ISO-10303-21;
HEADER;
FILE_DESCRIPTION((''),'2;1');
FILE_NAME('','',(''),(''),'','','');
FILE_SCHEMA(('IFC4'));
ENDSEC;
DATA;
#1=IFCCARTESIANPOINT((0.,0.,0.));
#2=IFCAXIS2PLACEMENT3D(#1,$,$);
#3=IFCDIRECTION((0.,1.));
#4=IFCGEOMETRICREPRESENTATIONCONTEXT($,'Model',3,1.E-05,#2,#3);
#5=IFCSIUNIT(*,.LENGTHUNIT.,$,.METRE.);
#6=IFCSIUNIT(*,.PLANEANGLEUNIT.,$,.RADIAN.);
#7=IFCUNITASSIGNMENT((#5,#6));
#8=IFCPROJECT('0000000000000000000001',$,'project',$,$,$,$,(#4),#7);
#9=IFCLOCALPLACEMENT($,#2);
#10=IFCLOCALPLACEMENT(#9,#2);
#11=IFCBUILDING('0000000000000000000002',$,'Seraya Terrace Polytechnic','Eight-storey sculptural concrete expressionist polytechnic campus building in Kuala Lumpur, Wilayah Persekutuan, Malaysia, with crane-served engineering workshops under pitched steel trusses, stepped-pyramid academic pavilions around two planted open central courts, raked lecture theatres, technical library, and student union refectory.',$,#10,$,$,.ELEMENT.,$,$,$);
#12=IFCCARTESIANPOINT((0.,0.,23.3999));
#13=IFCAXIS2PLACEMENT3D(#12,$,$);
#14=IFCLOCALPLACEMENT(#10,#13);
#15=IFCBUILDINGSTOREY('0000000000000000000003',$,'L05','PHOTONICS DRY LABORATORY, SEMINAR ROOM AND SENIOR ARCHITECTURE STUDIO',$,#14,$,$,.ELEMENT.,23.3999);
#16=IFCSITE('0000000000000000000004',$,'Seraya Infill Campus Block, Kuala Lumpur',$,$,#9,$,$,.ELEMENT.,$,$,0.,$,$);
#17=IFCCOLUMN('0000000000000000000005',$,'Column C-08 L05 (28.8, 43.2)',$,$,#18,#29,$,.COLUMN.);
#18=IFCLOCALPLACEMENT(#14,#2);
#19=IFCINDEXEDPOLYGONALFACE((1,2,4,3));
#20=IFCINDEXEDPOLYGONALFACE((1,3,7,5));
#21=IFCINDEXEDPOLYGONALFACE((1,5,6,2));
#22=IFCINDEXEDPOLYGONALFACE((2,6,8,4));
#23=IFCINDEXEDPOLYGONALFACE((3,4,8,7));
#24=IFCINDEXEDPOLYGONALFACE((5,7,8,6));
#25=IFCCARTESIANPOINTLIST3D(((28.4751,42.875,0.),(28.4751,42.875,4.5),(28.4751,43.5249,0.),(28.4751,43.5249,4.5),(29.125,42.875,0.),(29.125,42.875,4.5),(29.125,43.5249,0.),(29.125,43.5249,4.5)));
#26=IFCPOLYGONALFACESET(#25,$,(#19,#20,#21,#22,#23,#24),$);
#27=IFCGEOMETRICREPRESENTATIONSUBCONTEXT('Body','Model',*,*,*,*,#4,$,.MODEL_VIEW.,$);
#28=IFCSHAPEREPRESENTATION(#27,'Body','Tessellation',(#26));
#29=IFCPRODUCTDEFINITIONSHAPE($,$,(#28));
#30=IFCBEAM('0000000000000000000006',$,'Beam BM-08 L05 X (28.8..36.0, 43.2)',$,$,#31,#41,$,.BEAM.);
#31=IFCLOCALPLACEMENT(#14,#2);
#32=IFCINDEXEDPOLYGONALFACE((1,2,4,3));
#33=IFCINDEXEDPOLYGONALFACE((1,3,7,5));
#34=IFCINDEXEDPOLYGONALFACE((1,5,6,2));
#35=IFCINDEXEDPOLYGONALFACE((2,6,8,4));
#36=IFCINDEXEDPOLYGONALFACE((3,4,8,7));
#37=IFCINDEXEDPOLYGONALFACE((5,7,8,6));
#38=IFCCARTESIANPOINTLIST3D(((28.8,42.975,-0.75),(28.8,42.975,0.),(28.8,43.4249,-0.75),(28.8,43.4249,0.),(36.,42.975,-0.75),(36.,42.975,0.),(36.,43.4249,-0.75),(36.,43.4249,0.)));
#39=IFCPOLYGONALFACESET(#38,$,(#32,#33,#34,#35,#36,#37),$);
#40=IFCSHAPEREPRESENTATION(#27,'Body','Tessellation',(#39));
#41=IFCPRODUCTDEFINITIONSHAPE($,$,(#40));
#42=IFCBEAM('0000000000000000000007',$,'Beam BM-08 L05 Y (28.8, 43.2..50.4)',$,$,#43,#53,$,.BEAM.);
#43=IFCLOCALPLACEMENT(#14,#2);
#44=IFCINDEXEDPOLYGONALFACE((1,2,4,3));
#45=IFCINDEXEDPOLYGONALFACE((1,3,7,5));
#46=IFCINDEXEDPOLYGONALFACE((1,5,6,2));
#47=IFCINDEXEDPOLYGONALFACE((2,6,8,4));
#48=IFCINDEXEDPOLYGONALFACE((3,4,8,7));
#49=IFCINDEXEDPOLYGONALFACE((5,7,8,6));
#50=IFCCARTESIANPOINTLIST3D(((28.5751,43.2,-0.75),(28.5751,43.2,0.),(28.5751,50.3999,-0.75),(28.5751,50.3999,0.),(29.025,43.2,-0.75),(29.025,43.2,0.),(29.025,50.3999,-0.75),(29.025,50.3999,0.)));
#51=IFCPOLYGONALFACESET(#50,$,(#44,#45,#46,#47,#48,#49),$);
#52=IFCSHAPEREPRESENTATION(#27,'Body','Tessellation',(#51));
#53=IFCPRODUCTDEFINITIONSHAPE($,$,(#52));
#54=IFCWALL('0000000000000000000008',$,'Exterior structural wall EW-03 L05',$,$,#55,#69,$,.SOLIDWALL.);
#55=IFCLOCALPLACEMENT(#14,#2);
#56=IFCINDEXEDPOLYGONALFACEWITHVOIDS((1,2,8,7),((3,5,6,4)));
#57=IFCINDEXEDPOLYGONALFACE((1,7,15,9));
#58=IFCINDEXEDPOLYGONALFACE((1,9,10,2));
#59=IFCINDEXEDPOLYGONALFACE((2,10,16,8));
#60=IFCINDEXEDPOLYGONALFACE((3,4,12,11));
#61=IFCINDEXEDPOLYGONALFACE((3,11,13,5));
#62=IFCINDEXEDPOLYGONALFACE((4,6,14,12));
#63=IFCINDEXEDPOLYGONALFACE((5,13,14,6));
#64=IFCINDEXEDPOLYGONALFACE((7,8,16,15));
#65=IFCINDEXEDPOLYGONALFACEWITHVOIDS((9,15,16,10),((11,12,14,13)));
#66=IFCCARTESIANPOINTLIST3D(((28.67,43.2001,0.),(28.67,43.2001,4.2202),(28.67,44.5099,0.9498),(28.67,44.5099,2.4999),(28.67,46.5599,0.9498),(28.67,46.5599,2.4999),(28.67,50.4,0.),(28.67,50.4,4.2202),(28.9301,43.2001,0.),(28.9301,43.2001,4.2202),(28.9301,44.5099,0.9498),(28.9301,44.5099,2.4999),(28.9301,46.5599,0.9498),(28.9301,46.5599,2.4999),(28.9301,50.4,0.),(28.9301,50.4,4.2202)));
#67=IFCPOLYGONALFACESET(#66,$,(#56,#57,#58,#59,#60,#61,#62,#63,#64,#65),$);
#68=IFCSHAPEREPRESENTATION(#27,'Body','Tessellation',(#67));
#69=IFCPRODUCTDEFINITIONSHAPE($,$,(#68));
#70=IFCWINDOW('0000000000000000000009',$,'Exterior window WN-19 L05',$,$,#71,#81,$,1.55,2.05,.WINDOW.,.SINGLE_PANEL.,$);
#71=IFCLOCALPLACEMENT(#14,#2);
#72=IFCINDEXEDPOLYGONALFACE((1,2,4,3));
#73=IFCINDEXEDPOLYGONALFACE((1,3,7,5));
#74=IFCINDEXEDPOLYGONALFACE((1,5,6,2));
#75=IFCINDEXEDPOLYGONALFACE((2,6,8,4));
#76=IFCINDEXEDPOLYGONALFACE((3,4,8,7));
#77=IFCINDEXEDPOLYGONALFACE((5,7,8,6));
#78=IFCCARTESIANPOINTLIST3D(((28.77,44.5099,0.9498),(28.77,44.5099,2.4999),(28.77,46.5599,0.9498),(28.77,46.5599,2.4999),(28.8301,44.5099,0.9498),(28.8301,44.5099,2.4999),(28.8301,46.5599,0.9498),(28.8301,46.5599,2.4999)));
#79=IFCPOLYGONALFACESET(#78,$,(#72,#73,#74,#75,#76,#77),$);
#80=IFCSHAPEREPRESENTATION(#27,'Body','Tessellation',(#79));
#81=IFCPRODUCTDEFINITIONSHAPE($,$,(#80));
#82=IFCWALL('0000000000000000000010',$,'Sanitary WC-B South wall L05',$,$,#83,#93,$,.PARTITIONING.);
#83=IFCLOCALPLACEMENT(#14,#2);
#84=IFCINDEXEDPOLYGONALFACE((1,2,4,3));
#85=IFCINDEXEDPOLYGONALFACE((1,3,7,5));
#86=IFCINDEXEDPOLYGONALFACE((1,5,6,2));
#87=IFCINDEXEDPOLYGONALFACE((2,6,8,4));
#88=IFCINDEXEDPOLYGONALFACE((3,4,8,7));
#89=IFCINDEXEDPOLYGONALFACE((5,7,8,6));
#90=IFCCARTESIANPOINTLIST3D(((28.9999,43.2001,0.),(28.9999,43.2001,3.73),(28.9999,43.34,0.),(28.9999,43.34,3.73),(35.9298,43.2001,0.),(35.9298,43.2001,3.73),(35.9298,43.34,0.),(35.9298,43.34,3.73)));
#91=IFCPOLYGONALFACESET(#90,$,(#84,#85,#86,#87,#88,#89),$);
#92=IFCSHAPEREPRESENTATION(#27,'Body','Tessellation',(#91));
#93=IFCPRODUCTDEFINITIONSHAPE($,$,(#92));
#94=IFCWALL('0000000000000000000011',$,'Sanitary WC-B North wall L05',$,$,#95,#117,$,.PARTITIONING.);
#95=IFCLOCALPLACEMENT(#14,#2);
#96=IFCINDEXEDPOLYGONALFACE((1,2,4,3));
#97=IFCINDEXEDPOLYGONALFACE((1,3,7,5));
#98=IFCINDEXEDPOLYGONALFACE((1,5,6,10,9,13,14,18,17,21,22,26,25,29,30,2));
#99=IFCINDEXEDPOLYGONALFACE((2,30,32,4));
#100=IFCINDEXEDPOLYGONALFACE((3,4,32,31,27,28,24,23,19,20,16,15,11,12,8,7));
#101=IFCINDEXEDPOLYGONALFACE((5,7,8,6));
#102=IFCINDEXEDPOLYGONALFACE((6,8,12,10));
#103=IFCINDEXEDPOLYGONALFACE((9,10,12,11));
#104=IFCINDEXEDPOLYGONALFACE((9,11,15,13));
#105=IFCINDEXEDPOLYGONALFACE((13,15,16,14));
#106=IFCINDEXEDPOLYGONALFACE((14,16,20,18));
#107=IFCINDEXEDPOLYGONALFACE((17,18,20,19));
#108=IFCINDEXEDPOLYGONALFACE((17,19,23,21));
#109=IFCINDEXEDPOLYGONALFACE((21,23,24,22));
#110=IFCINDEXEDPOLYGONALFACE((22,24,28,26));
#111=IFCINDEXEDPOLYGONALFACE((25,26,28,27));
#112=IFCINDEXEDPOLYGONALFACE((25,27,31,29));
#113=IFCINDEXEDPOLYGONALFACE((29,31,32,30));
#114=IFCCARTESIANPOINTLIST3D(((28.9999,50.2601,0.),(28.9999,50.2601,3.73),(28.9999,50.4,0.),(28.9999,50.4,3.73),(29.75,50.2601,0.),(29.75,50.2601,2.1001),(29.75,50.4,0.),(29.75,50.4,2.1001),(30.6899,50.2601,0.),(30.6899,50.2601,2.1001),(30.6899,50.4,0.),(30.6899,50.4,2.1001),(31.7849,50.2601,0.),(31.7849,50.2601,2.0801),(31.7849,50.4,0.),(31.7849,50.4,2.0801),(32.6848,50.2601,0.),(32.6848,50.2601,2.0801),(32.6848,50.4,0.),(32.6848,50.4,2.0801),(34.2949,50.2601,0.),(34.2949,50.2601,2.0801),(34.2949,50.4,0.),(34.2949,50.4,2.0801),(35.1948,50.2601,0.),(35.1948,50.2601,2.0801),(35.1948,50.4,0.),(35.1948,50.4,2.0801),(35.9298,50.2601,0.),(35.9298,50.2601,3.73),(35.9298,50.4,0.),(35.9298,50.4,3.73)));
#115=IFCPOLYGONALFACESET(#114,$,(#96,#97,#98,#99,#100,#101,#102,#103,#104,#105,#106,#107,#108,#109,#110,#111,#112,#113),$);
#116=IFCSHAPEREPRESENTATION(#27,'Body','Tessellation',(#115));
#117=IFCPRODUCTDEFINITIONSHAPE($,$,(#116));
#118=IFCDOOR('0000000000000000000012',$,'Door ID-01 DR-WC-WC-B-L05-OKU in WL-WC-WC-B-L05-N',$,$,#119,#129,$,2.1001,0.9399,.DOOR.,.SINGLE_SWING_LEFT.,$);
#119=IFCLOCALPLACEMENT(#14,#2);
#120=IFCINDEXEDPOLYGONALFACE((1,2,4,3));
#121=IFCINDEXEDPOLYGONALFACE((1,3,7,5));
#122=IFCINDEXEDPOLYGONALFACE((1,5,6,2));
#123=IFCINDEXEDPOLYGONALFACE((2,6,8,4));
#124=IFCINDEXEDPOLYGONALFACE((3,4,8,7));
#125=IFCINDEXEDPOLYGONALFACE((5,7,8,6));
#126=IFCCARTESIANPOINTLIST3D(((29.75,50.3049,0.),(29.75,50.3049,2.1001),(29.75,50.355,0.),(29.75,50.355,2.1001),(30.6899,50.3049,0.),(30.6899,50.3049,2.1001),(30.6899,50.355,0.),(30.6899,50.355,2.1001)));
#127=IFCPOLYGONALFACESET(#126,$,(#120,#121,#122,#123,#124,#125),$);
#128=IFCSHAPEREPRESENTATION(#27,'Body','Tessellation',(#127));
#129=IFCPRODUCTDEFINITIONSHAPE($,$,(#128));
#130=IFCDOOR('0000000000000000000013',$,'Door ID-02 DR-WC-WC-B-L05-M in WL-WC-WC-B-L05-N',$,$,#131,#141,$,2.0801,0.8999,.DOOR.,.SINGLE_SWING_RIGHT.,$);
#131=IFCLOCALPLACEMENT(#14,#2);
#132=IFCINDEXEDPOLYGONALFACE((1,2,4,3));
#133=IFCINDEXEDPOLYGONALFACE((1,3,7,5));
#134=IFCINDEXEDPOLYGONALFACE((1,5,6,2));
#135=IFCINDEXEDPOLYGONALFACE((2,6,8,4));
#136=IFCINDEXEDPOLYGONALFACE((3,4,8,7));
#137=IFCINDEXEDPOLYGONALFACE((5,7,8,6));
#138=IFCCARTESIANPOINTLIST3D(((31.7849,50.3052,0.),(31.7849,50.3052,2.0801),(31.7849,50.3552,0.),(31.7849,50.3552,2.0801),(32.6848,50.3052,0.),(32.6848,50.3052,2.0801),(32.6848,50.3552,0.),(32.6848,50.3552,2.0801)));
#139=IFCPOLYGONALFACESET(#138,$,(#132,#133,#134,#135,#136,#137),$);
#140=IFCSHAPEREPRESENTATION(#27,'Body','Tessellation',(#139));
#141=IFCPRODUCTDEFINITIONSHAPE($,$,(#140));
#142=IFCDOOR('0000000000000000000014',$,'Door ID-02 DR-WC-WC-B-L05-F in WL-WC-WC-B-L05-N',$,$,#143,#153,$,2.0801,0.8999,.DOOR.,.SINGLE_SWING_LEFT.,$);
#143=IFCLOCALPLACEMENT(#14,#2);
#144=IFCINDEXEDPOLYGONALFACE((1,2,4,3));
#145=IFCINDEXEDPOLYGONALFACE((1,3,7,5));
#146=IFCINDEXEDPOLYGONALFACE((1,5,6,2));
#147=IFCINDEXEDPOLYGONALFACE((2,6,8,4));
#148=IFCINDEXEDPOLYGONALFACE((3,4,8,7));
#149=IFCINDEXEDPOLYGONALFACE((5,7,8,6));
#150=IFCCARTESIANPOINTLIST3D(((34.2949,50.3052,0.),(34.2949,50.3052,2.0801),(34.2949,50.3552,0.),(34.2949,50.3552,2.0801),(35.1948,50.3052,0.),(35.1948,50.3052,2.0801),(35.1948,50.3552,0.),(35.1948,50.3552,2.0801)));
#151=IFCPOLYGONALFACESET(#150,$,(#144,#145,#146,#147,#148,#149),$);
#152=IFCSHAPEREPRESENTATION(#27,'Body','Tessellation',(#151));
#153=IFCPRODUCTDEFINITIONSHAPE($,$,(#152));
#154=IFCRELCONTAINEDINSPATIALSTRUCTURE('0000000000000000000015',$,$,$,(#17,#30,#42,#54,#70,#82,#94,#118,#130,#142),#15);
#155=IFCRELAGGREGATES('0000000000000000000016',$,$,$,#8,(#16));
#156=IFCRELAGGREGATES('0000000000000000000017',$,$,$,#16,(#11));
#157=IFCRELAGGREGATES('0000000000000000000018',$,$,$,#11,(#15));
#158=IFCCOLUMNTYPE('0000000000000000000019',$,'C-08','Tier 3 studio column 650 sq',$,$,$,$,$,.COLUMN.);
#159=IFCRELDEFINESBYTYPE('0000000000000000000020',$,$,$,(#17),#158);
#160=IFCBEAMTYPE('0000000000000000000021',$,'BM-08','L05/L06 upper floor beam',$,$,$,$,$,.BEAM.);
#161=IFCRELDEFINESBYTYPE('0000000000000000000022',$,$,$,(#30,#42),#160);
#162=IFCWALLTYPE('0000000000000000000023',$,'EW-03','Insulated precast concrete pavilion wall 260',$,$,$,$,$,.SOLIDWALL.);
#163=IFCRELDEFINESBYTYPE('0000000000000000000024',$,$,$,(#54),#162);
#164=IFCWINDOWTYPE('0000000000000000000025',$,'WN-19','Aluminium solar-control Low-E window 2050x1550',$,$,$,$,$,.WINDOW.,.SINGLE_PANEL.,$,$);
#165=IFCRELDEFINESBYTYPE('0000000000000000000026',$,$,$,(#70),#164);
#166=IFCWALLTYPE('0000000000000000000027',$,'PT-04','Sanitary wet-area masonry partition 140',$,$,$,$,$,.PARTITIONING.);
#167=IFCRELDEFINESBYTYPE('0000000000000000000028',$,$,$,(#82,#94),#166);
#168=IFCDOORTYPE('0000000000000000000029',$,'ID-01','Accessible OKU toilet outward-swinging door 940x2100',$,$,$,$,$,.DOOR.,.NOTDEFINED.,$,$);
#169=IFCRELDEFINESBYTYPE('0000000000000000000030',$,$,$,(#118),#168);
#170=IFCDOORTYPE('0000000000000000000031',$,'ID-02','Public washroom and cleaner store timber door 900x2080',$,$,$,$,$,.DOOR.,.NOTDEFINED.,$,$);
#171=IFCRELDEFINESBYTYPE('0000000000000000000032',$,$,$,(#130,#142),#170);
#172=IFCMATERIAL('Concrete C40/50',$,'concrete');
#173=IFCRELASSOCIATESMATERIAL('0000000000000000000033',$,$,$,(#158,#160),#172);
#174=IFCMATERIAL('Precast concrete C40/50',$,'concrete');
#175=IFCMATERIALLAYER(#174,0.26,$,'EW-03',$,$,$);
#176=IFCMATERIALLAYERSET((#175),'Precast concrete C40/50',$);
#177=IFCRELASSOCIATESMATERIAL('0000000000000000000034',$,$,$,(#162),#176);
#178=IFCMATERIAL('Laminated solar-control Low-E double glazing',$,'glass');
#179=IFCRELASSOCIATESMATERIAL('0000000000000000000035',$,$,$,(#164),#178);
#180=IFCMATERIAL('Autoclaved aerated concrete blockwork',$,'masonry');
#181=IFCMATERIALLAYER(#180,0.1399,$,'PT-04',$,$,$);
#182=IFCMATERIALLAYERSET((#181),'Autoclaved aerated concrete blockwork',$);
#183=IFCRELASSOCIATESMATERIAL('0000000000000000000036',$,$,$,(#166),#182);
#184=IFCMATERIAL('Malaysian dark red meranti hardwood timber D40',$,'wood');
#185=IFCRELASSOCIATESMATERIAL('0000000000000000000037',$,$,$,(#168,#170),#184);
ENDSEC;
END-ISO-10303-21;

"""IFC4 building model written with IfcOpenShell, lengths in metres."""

from ifc_helpers import new_model, si_unit, direction, frame, frame_2d, origin, origin_2d, place, context, subcontext, project, spatial, rectangle, extrude, material, layer, layer_set, material_profile, profile_set, type_object, element, fill, save


model = new_model("IFC4")

# Units and contexts
model_context = context("Model", 3, precision=1e-05, world=origin(), true_north=direction((0.0, 1.0)))
body_context = subcontext(model_context, "Body", "Model", "MODEL_VIEW")
ifc_project = project(units=[si_unit("LENGTHUNIT", "METRE"), si_unit("PLANEANGLEUNIT", "RADIAN")], contexts=[model_context])

# Site, building, storey
site_placement = place(None, origin())
site = spatial("IfcSite", under=ifc_project, at=site_placement, Name="Seraya Infill Campus Block, Kuala Lumpur", CompositionType="ELEMENT", RefElevation=0.0)
building_placement = place(site_placement, origin())
building = spatial("IfcBuilding", under=site, at=building_placement, Name="Seraya Terrace Polytechnic", Description="Eight-storey sculptural concrete expressionist polytechnic campus building in Kuala Lumpur, Wilayah Persekutuan, Malaysia, with crane-served engineering workshops under pitched steel trusses, stepped-pyramid academic pavilions around two planted open central courts, raked lecture theatres, technical library, and student union refectory.", CompositionType="ELEMENT")
storey_placement = place(building_placement, frame((0.0, 0.0, 23.3999)))
storey = spatial("IfcBuildingStorey", under=building, at=storey_placement, Name="L05", Description="PHOTONICS DRY LABORATORY, SEMINAR ROOM AND SENIOR ARCHITECTURE STUDIO", CompositionType="ELEMENT", Elevation=23.3999)

# Column
ifc_material_1 = material(Name="Concrete C40/50", Category="concrete")
ifc_material_profile_1 = material_profile(ifc_material_1, rectangle(XDim=0.6499, YDim=0.6499, at=origin_2d()), Name="RC 650x650")
ifc_profile_set_1 = profile_set([ifc_material_profile_1], Name="Concrete C40/50")
column_type = type_object("IfcColumnType", Name="C-08", Description="Tier 3 studio column 650 sq", PredefinedType="COLUMN", material=ifc_profile_set_1)
column_placement = place(storey_placement, frame((28.8, 43.2, 0.0), z_axis=(0.0, 0.0, 1.0), x_axis=(1.0, 0.0, 0.0)))
element("IfcColumn", 1, at=column_placement, inside=storey, type_object=column_type, Name="Column C-08 L05 (28.8, 43.2)", PredefinedType="COLUMN", context=body_context, shape_type="SweptSolid", body=[
    extrude(rectangle(XDim=0.6499, YDim=0.6499, at=origin_2d()), origin(), (0.0, 0.0, 1.0), 4.5),
])

# Beams
ifc_material_profile_2 = material_profile(ifc_material_1, rectangle(XDim=0.45, YDim=0.75, at=origin_2d()), Name="RC 450x750")
ifc_profile_set_2 = profile_set([ifc_material_profile_2], Name="Concrete C40/50")
beam_type = type_object("IfcBeamType", Name="BM-08", Description="L05/L06 upper floor beam", PredefinedType="BEAM", material=ifc_profile_set_2)
for number, where, z_axis, x_axis, name in (
    (2, (28.8, 43.2, -0.375), (1.0, 0.0, 0.0), (0.0, 1.0, 0.0), "Beam BM-08 L05 X (28.8..36.0, 43.2)"),
    (3, (28.8, 43.2, -0.375), (0.0, 1.0, 0.0), (-1.0, 0.0, 0.0), "Beam BM-08 L05 Y (28.8, 43.2..50.4)"),
):
    element("IfcBeam", number, at=place(storey_placement, frame(where, z_axis=z_axis, x_axis=x_axis)), inside=storey, type_object=beam_type, Name=name, PredefinedType="BEAM", context=body_context, shape_type="SweptSolid", body=[
        extrude(rectangle(XDim=0.45, YDim=0.75, at=origin_2d()), origin(), (0.0, 0.0, 1.0), 7.2),
    ])

# Wall, opening, window
ifc_material_2 = material(Name="Precast concrete C40/50", Category="concrete")
ifc_layer_1 = layer(ifc_material_2, 0.26, Name="EW-03")
ifc_layer_set_1 = layer_set([ifc_layer_1], Name="Precast concrete C40/50")
wall_type_1 = type_object("IfcWallType", Name="EW-03", Description="Insulated precast concrete pavilion wall 260", PredefinedType="SOLIDWALL", material=ifc_layer_set_1)
wall_1_placement = place(storey_placement, frame((28.8, 43.2, 0.0), z_axis=(0.0, 0.0, 1.0), x_axis=(0.0, 1.0, 0.0)))
wall_1 = element("IfcWall", 4, at=wall_1_placement, inside=storey, type_object=wall_type_1, Name="Exterior structural wall EW-03 L05", PredefinedType="SOLIDWALL", context=body_context, shape_type="SweptSolid", body=[
    extrude(rectangle(XDim=7.2, YDim=0.26, at=frame_2d((3.6001, 0.0))), origin(), (0.0, 0.0, 1.0), 4.2202),
])
opening_1_placement = place(wall_1_placement, frame((1.3101, 0.0, 0.95)))
opening_1 = element("IfcOpeningElement", 5, at=opening_1_placement, cuts=wall_1, PredefinedType="OPENING", context=body_context, shape_type="SweptSolid", body=[
    extrude(rectangle(XDim=2.05, YDim=1.55, at=frame_2d((1.0249, 0.7749))), frame((0.0, 0.1421, 0.0), z_axis=(0.0, -1.0, 0.0), x_axis=(1.0, 0.0, 0.0)), (0.0, 0.0, 1.0), 0.2839),
])
ifc_material_3 = material(Name="Laminated solar-control Low-E double glazing", Category="glass")
window_type = type_object("IfcWindowType", Name="WN-19", Description="Aluminium solar-control Low-E window 2050x1550", PartitioningType="SINGLE_PANEL", PredefinedType="WINDOW", material=ifc_material_3)
window_placement = place(opening_1_placement, origin())
window = element("IfcWindow", 6, at=window_placement, inside=storey, type_object=window_type, Name="Exterior window WN-19 L05", OverallHeight=1.55, OverallWidth=2.05, PartitioningType="SINGLE_PANEL", PredefinedType="WINDOW", context=body_context, shape_type="SweptSolid", body=[
    extrude(rectangle(XDim=2.05, YDim=1.55, at=frame_2d((1.0249, 0.7749))), frame((0.0, 0.03, 0.0), z_axis=(0.0, -1.0, 0.0), x_axis=(1.0, 0.0, 0.0)), (0.0, 0.0, 1.0), 0.0601),
])
fill(opening_1, window)

# Wall
ifc_material_4 = material(Name="Autoclaved aerated concrete blockwork", Category="masonry")
ifc_layer_2 = layer(ifc_material_4, 0.1399, Name="PT-04")
ifc_layer_set_2 = layer_set([ifc_layer_2], Name="Autoclaved aerated concrete blockwork")
wall_type_2 = type_object("IfcWallType", Name="PT-04", Description="Sanitary wet-area masonry partition 140", PredefinedType="PARTITIONING", material=ifc_layer_set_2)
wall_2_placement = place(storey_placement, frame((29.0, 43.27, 0.0), z_axis=(0.0, 0.0, 1.0), x_axis=(1.0, 0.0, 0.0)))
element("IfcWall", 7, at=wall_2_placement, inside=storey, type_object=wall_type_2, Name="Sanitary WC-B South wall L05", PredefinedType="PARTITIONING", context=body_context, shape_type="SweptSolid", body=[
    extrude(rectangle(XDim=6.9299, YDim=0.1399, at=frame_2d((3.4648, 0.0))), origin(), (0.0, 0.0, 1.0), 3.73),
])

# Wall, openings, doors
wall_3_placement = place(storey_placement, frame((29.0, 50.3301, 0.0), z_axis=(0.0, 0.0, 1.0), x_axis=(1.0, 0.0, 0.0)))
wall_3 = element("IfcWall", 8, at=wall_3_placement, inside=storey, type_object=wall_type_2, Name="Sanitary WC-B North wall L05", PredefinedType="PARTITIONING", context=body_context, shape_type="SweptSolid", body=[
    extrude(rectangle(XDim=6.9299, YDim=0.1399, at=frame_2d((3.4648, 0.0))), origin(), (0.0, 0.0, 1.0), 3.73),
])
opening_2_placement = place(wall_3_placement, frame((0.75, 0.0, 0.0)))
opening_2 = element("IfcOpeningElement", 9, at=opening_2_placement, cuts=wall_3, PredefinedType="OPENING", context=body_context, shape_type="SweptSolid", body=[
    extrude(rectangle(XDim=0.9399, YDim=2.1001, at=frame_2d((0.47, 1.05))), frame((0.0, 0.082, 0.0), z_axis=(0.0, -1.0, 0.0), x_axis=(1.0, 0.0, 0.0)), (0.0, 0.0, 1.0), 0.1638),
])
opening_3_placement = place(wall_3_placement, frame((2.7849, 0.0, 0.0)))
opening_3 = element("IfcOpeningElement", 10, at=opening_3_placement, cuts=wall_3, PredefinedType="OPENING", context=body_context, shape_type="SweptSolid", body=[
    extrude(rectangle(XDim=0.8999, YDim=2.0801, at=frame_2d((0.45, 1.04))), frame((0.0, 0.082, 0.0), z_axis=(0.0, -1.0, 0.0), x_axis=(1.0, 0.0, 0.0)), (0.0, 0.0, 1.0), 0.1638),
])
opening_4_placement = place(wall_3_placement, frame((5.2949, 0.0, 0.0)))
opening_4 = element("IfcOpeningElement", 11, at=opening_4_placement, cuts=wall_3, PredefinedType="OPENING", context=body_context, shape_type="SweptSolid", body=[
    extrude(rectangle(XDim=0.8999, YDim=2.0801, at=frame_2d((0.45, 1.04))), frame((0.0, 0.082, 0.0), z_axis=(0.0, -1.0, 0.0), x_axis=(1.0, 0.0, 0.0)), (0.0, 0.0, 1.0), 0.1638),
])
ifc_material_5 = material(Name="Malaysian dark red meranti hardwood timber D40", Category="wood")
door_type_1 = type_object("IfcDoorType", Name="ID-01", Description="Accessible OKU toilet outward-swinging door 940x2100", OperationType="NOTDEFINED", PredefinedType="DOOR", material=ifc_material_5)
door_1_placement = place(opening_2_placement, origin())
door_1 = element("IfcDoor", 12, at=door_1_placement, inside=storey, type_object=door_type_1, Name="Door ID-01 DR-WC-WC-B-L05-OKU in WL-WC-WC-B-L05-N", OperationType="SINGLE_SWING_LEFT", OverallHeight=2.1001, OverallWidth=0.9399, PredefinedType="DOOR", context=body_context, shape_type="SweptSolid", body=[
    extrude(rectangle(XDim=0.9399, YDim=2.1001, at=frame_2d((0.47, 1.05))), frame((0.0, 0.0249, 0.0), z_axis=(0.0, -1.0, 0.0), x_axis=(1.0, 0.0, 0.0)), (0.0, 0.0, 1.0), 0.05),
])
fill(opening_2, door_1)
door_type_2 = type_object("IfcDoorType", Name="ID-02", Description="Public washroom and cleaner store timber door 900x2080", OperationType="NOTDEFINED", PredefinedType="DOOR", material=ifc_material_5)
door_2_placement = place(opening_3_placement, frame((0.8999, 0.0, 0.0), z_axis=(0.0, 0.0, 1.0), x_axis=(-1.0, 0.0, 0.0)))
door_2 = element("IfcDoor", 13, at=door_2_placement, inside=storey, type_object=door_type_2, Name="Door ID-02 DR-WC-WC-B-L05-M in WL-WC-WC-B-L05-N", OperationType="SINGLE_SWING_RIGHT", OverallHeight=2.0801, OverallWidth=0.8999, PredefinedType="DOOR", context=body_context, shape_type="SweptSolid", body=[
    extrude(rectangle(XDim=0.8999, YDim=2.0801, at=frame_2d((0.45, 1.04))), frame((0.0, 0.0249, 0.0), z_axis=(0.0, -1.0, 0.0), x_axis=(1.0, 0.0, 0.0)), (0.0, 0.0, 1.0), 0.05),
])
fill(opening_3, door_2)
door_3_placement = place(opening_4_placement, frame((0.8999, 0.0, 0.0), z_axis=(0.0, 0.0, 1.0), x_axis=(-1.0, 0.0, 0.0)))
door_3 = element("IfcDoor", 14, at=door_3_placement, inside=storey, type_object=door_type_2, Name="Door ID-02 DR-WC-WC-B-L05-F in WL-WC-WC-B-L05-N", OperationType="SINGLE_SWING_LEFT", OverallHeight=2.0801, OverallWidth=0.8999, PredefinedType="DOOR", context=body_context, shape_type="SweptSolid", body=[
    extrude(rectangle(XDim=0.8999, YDim=2.0801, at=frame_2d((0.45, 1.04))), frame((0.0, 0.0249, 0.0), z_axis=(0.0, -1.0, 0.0), x_axis=(1.0, 0.0, 0.0)), (0.0, 0.0, 1.0), 0.05),
])
fill(opening_4, door_3)

save(model, "model.ifc")
